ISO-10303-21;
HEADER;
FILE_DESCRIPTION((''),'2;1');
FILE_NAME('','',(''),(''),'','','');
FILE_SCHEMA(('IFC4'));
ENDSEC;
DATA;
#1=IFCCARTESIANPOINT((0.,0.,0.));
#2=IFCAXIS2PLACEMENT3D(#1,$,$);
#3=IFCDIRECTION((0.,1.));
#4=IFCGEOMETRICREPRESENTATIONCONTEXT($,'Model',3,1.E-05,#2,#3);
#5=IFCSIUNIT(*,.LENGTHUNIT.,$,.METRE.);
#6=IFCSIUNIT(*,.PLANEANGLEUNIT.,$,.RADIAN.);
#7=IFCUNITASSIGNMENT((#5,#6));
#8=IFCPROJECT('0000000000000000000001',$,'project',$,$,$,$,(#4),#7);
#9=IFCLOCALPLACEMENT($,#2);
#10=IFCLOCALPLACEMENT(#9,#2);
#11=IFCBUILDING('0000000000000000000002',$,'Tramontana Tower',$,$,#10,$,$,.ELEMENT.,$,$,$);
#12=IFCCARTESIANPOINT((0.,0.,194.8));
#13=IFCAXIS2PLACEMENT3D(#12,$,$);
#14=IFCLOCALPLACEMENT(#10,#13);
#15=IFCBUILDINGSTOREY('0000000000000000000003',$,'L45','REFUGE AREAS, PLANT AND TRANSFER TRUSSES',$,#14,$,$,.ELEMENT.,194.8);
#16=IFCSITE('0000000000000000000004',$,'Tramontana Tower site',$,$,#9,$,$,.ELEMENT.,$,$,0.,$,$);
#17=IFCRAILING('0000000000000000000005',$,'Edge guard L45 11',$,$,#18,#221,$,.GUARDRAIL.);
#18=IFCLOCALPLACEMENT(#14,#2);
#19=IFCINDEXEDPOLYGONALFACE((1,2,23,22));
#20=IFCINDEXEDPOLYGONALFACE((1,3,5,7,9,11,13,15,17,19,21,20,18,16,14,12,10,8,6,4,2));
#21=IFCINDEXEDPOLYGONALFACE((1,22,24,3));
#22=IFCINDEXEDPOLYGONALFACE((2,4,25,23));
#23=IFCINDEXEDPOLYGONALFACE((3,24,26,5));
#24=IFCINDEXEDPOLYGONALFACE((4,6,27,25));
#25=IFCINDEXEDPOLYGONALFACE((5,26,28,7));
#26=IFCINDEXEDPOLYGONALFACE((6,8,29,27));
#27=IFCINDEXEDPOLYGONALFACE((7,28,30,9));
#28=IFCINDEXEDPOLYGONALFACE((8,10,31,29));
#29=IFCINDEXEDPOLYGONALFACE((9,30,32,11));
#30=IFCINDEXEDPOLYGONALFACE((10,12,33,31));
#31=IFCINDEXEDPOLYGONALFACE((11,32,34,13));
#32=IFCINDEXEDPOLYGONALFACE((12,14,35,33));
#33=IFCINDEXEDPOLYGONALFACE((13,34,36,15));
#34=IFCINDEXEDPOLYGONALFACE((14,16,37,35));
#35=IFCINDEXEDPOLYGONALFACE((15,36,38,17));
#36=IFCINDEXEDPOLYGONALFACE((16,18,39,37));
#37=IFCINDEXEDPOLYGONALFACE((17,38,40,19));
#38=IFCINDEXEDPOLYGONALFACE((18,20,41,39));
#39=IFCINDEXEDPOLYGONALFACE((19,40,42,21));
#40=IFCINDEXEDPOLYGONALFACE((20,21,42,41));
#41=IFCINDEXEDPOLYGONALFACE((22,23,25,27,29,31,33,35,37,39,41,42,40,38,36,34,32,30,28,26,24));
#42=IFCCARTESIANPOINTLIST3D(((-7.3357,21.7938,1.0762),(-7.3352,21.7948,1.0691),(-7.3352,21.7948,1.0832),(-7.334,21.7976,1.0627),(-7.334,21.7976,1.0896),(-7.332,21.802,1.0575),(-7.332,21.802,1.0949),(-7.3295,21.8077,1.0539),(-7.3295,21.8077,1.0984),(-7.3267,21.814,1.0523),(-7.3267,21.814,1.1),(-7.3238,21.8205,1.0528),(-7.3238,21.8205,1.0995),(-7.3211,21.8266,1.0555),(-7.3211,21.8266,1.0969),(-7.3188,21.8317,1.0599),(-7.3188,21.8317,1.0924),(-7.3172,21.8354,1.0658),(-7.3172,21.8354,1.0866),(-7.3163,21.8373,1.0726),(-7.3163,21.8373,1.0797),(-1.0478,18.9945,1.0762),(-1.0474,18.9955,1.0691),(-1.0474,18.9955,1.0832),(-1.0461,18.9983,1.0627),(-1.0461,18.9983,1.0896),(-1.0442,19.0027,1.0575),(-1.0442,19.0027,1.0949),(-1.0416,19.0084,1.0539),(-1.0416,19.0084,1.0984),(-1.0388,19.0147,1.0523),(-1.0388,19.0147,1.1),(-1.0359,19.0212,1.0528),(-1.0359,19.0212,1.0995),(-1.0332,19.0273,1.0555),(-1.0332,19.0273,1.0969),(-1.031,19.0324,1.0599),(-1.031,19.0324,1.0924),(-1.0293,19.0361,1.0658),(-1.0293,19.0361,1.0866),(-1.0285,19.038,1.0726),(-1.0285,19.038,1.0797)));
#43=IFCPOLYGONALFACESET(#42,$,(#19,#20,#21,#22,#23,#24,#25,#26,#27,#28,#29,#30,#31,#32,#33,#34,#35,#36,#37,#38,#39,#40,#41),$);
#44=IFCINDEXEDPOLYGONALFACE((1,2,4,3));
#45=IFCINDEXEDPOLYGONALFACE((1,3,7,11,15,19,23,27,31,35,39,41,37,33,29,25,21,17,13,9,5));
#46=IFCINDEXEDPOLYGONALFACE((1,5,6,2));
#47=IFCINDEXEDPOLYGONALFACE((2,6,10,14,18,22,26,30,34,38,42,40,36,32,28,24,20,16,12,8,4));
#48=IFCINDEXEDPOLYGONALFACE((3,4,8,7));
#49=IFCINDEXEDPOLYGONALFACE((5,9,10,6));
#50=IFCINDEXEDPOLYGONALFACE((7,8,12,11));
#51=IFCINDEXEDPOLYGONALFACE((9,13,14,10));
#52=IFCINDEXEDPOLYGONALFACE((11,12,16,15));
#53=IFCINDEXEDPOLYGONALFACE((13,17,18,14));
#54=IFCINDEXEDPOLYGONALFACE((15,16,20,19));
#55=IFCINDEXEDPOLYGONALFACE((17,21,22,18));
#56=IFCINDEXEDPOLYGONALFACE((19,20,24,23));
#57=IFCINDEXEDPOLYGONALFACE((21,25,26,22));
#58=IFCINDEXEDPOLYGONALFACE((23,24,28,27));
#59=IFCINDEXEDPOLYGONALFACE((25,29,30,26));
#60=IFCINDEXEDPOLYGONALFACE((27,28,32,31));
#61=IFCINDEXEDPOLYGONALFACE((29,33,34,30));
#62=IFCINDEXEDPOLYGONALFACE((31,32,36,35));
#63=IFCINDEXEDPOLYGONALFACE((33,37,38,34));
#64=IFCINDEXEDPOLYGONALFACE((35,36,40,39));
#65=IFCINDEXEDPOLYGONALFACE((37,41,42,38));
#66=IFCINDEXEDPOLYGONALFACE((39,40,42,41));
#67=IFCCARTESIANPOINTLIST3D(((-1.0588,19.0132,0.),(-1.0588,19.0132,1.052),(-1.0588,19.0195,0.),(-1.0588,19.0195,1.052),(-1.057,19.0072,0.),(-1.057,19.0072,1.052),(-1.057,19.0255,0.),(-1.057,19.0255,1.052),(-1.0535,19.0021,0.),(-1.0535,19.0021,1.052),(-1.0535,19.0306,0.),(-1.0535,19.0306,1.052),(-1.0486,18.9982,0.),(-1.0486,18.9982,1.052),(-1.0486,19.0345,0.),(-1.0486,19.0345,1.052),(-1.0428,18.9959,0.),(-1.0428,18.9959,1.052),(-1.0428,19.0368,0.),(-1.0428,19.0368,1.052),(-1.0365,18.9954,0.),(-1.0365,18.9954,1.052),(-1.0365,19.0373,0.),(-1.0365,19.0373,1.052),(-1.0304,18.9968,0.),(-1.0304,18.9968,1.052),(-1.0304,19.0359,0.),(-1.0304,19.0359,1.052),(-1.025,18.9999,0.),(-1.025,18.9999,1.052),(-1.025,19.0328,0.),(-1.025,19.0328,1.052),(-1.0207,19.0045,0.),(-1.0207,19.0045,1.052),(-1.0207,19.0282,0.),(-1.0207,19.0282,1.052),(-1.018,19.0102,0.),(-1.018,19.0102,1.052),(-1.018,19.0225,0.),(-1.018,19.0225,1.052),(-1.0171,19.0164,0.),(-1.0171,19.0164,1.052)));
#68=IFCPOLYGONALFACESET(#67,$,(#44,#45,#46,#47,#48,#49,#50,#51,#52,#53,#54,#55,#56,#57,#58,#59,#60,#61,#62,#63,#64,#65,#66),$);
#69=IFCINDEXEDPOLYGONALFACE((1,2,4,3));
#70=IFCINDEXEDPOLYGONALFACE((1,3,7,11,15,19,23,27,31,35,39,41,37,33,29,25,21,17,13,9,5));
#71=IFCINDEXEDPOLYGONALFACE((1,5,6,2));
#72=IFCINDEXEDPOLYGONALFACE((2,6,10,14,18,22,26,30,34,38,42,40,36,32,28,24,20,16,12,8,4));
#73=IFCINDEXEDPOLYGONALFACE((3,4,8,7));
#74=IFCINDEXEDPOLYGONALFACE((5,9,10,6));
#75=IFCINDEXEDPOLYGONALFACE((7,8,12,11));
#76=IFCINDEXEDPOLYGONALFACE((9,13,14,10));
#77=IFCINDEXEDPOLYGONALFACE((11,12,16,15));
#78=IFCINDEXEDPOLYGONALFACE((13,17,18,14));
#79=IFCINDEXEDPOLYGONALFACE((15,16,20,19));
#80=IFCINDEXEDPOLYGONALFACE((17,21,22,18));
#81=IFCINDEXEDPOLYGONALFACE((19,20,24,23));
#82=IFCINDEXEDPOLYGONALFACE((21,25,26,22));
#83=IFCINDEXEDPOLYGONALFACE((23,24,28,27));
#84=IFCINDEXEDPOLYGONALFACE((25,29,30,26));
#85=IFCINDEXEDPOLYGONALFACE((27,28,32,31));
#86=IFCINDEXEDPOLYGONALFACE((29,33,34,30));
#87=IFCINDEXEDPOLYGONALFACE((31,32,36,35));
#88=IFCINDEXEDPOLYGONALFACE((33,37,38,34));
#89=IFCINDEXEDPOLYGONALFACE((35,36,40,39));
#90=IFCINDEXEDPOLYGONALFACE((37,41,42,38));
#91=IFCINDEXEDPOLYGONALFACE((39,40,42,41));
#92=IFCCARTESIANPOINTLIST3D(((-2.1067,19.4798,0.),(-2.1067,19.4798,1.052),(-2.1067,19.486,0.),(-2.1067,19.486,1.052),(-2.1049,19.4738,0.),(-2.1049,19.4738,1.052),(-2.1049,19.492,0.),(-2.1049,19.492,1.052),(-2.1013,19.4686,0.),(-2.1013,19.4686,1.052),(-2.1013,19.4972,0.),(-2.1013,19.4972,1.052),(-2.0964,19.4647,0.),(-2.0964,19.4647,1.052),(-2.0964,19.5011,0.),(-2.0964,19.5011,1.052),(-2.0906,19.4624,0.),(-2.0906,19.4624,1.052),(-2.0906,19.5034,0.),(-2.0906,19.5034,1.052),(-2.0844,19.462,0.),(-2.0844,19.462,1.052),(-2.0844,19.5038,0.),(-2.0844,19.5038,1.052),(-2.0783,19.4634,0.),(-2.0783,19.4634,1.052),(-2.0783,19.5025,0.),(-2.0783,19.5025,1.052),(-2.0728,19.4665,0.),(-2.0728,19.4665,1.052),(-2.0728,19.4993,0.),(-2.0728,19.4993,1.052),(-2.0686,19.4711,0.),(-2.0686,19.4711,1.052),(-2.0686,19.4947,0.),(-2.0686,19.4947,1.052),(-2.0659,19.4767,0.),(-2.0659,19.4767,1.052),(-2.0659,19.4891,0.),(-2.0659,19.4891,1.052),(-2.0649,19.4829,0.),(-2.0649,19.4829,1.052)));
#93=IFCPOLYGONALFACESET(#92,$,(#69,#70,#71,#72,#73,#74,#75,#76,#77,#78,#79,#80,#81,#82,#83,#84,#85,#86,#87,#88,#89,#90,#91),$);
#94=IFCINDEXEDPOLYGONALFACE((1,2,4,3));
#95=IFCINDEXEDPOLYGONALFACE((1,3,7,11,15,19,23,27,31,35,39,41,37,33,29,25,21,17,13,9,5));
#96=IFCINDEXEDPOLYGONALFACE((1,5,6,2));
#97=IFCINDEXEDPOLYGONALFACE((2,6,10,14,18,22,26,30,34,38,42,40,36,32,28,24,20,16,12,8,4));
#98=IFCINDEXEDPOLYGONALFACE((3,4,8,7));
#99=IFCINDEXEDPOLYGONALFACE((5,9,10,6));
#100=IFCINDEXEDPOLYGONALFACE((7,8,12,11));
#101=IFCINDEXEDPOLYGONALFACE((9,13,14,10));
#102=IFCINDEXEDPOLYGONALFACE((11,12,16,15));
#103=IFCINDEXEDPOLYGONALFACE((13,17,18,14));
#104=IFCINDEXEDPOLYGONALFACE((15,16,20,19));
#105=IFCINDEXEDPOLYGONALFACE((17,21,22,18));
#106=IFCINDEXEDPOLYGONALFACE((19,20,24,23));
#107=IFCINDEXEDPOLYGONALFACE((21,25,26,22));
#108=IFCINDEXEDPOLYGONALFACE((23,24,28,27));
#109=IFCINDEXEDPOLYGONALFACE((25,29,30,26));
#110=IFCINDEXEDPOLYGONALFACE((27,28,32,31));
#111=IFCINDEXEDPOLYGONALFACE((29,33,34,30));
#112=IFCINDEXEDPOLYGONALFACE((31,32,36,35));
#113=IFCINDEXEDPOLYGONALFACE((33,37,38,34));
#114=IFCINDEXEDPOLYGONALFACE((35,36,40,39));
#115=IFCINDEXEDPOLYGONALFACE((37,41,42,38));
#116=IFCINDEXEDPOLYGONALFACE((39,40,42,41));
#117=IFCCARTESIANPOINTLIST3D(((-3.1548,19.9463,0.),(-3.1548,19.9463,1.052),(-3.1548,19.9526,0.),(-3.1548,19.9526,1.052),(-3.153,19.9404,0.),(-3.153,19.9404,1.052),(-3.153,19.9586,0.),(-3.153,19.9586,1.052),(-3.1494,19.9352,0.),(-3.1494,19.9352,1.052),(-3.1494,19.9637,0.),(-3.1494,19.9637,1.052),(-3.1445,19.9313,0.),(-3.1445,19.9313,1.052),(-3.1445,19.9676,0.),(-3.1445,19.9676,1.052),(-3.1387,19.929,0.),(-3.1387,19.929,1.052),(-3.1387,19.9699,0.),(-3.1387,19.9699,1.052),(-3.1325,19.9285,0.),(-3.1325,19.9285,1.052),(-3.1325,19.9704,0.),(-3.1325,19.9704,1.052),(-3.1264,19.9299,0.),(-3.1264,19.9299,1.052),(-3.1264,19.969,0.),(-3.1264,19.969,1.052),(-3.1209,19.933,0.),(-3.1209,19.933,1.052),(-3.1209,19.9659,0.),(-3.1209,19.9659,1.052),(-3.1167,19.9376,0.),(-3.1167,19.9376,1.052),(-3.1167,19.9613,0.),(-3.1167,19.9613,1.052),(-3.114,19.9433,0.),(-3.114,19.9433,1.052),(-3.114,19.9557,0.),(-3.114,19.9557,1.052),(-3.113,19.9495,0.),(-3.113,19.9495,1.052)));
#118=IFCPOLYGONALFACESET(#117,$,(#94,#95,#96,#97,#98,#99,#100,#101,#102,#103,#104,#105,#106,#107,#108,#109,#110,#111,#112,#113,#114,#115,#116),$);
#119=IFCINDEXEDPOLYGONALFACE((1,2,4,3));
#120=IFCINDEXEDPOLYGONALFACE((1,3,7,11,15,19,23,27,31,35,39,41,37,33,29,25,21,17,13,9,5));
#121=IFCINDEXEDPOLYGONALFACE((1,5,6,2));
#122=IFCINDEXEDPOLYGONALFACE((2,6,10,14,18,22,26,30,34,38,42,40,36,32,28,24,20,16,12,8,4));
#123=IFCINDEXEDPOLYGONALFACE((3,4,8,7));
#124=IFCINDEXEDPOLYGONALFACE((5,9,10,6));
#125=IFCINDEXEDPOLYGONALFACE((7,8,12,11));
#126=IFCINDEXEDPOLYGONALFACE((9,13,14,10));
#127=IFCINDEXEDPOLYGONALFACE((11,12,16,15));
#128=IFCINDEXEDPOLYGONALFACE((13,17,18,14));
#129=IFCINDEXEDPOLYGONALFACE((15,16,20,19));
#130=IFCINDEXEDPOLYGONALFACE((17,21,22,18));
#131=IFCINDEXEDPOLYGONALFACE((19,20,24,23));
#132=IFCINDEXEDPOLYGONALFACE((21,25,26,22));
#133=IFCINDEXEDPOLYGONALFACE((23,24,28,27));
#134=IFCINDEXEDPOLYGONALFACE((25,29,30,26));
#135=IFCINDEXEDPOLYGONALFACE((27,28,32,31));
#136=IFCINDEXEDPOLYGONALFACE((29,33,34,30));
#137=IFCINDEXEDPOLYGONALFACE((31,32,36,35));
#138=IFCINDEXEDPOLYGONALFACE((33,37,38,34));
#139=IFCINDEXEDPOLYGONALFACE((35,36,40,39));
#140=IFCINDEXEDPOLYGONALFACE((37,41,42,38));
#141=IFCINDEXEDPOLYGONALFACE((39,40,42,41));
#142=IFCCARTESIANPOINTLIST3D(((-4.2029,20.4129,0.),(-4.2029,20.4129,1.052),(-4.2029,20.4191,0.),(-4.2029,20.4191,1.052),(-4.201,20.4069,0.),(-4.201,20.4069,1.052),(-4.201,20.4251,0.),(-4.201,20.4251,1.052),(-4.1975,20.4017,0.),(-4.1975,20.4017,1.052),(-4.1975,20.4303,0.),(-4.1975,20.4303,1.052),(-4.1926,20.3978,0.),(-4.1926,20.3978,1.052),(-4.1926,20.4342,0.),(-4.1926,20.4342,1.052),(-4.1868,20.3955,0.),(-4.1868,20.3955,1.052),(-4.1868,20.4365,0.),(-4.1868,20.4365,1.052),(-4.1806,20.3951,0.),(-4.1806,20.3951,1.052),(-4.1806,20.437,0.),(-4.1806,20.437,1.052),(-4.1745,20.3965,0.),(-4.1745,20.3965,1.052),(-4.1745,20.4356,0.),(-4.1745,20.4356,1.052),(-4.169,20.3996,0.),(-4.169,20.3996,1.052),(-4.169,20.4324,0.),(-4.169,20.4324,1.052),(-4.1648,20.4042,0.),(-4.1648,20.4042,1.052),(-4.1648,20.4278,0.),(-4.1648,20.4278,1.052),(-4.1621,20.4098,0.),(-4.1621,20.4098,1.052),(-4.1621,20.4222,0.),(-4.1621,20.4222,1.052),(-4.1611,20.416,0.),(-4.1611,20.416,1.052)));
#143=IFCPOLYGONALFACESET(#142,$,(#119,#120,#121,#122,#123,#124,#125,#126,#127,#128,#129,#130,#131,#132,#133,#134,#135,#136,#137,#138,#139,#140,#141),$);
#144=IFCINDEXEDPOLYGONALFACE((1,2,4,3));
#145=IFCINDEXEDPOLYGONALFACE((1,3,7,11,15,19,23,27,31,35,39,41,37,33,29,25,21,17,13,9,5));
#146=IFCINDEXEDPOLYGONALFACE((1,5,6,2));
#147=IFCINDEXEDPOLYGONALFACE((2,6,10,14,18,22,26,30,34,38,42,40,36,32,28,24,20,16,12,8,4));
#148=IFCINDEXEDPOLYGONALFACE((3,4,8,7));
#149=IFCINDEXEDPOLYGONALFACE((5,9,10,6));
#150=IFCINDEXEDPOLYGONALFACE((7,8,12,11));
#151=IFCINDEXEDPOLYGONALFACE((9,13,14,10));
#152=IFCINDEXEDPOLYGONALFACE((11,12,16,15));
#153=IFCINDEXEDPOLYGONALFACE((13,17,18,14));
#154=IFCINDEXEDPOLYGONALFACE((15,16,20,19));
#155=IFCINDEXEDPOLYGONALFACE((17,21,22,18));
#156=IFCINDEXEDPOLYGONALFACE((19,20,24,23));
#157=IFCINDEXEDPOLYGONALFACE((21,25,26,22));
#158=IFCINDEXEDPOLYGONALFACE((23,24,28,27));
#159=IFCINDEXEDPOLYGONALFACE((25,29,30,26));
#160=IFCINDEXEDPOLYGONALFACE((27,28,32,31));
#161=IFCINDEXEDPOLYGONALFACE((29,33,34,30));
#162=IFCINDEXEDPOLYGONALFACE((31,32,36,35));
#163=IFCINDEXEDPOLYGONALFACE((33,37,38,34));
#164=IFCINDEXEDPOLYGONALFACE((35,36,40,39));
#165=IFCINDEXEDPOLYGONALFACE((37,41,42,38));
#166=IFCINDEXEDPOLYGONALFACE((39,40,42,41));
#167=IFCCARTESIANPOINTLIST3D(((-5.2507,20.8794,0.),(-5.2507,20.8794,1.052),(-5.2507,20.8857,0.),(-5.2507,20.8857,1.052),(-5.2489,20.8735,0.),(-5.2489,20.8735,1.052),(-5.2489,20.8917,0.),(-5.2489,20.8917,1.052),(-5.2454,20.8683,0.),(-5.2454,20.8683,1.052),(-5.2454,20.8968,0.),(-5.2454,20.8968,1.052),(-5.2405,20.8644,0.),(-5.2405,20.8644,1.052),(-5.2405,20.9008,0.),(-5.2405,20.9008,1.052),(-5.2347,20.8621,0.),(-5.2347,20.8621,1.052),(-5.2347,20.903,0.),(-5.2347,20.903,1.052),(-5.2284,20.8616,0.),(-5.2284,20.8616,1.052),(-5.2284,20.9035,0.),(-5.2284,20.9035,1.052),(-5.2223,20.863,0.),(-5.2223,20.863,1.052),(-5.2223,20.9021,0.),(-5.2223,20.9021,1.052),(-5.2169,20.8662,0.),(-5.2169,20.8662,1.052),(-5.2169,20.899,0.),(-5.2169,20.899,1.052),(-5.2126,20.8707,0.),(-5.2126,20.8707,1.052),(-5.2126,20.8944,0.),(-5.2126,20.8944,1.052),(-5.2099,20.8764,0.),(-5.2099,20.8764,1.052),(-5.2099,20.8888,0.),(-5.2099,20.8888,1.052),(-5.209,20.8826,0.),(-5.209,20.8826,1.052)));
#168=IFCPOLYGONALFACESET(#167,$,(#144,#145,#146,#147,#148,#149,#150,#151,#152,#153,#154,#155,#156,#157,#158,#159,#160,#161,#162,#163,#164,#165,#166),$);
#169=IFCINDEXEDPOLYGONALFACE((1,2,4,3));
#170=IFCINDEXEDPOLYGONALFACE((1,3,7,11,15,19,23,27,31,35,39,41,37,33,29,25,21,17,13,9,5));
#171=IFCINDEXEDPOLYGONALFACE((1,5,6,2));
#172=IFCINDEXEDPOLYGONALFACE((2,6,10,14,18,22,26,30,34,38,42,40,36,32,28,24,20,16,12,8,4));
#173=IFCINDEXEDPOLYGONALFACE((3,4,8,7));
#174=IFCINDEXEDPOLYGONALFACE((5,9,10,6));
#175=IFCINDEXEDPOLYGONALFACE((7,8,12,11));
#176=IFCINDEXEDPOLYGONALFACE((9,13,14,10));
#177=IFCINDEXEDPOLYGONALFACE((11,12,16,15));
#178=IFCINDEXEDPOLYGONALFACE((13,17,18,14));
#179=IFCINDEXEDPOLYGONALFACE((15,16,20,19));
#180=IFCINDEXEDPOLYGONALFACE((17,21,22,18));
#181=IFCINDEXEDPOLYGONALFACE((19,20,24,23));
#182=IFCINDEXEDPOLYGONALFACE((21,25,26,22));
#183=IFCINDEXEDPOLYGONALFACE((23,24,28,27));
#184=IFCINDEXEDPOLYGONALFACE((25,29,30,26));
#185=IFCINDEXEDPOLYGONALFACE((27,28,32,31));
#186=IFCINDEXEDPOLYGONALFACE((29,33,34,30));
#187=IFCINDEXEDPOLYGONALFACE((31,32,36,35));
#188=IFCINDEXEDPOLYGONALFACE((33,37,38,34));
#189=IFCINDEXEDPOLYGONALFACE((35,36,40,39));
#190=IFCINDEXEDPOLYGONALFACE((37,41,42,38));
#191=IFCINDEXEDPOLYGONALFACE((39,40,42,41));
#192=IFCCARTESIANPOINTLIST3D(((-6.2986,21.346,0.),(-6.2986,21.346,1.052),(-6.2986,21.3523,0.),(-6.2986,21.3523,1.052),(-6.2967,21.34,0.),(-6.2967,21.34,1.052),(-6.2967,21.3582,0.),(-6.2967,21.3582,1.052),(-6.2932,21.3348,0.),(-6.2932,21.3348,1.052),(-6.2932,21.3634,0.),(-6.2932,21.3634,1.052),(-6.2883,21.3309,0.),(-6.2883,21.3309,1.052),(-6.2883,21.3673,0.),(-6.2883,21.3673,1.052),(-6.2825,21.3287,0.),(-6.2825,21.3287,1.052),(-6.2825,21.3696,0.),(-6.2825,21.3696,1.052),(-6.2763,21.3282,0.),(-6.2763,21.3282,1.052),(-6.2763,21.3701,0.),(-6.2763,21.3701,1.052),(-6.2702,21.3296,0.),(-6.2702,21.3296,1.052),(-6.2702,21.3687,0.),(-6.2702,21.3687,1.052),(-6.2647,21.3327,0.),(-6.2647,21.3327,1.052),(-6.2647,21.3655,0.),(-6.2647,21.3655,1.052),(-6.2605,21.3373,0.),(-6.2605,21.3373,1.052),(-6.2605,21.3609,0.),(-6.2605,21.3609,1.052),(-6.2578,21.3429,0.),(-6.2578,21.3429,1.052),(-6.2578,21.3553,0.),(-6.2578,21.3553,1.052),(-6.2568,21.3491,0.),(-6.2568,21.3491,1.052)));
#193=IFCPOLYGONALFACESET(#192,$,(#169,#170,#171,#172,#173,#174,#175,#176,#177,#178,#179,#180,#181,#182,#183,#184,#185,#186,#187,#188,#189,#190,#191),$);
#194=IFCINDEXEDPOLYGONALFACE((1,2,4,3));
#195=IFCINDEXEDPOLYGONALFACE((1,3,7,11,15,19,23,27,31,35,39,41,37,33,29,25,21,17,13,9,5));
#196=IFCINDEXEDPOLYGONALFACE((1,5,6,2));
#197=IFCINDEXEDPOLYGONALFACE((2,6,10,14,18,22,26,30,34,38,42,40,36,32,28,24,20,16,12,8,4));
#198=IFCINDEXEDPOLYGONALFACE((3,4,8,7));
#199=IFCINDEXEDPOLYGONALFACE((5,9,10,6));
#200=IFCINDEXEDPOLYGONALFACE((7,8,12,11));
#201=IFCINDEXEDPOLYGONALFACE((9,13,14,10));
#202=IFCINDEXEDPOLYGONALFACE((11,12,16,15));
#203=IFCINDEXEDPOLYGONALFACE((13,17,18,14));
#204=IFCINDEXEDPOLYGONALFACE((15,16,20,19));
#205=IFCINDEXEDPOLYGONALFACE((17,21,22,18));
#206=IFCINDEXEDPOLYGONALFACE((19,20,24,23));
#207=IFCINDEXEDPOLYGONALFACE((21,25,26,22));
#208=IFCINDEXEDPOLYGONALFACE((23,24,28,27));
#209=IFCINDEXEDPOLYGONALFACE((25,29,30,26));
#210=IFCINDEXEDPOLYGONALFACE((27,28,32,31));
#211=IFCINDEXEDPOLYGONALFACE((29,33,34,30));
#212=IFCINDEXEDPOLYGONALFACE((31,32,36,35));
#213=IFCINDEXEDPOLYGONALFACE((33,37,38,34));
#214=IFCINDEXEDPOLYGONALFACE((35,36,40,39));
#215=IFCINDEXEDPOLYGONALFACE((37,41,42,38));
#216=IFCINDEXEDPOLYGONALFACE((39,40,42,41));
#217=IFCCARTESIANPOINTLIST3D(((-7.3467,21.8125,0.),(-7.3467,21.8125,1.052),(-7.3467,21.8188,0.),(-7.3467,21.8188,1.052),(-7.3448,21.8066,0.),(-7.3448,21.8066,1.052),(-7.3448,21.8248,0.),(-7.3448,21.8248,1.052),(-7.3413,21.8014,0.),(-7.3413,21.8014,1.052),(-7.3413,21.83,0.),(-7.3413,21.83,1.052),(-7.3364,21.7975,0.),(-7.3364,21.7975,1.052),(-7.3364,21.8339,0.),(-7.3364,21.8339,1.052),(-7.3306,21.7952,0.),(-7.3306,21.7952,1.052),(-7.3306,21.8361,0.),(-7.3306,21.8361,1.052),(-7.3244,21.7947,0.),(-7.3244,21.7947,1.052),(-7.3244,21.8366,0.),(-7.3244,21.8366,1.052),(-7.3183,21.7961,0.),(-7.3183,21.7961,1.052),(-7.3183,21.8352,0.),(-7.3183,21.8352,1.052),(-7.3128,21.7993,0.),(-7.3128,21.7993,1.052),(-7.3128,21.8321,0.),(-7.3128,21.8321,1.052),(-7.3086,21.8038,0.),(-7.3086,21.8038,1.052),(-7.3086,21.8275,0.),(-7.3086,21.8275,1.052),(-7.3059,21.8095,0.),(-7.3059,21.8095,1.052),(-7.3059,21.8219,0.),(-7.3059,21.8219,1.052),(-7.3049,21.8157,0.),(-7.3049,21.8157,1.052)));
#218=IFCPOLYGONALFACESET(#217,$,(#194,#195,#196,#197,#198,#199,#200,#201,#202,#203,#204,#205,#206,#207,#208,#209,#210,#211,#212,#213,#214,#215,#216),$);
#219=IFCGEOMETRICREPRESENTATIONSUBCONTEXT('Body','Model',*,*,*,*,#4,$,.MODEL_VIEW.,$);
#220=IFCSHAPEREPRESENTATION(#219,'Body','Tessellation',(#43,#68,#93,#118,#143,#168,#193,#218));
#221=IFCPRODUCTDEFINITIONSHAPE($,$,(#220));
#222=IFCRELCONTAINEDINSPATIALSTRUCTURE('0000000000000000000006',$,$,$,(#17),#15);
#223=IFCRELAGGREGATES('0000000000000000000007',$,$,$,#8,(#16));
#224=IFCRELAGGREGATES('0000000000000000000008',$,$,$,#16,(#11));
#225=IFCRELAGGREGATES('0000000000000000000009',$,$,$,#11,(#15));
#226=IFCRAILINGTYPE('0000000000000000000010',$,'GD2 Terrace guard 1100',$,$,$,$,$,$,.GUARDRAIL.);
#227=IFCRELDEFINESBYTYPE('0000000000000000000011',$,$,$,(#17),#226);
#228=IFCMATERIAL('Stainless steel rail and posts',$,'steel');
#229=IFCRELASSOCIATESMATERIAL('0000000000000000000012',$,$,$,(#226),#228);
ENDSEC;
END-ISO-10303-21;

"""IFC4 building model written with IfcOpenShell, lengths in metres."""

from ifc_helpers import new_model, si_unit, direction, frame, origin, origin_2d, place, context, subcontext, project, spatial, circle, extrude, material, type_object, element, save


model = new_model("IFC4")

# Units and contexts
model_context = context("Model", 3, precision=1e-05, world=origin(), true_north=direction((0.0, 1.0)))
body_context = subcontext(model_context, "Body", "Model", "MODEL_VIEW")
ifc_project = project(units=[si_unit("LENGTHUNIT", "METRE"), si_unit("PLANEANGLEUNIT", "RADIAN")], contexts=[model_context])

# Site, building, storey
site_placement = place(None, origin())
site = spatial("IfcSite", under=ifc_project, at=site_placement, Name="Tramontana Tower site", CompositionType="ELEMENT", RefElevation=0.0)
building_placement = place(site_placement, origin())
building = spatial("IfcBuilding", under=site, at=building_placement, Name="Tramontana Tower", CompositionType="ELEMENT")
storey_placement = place(building_placement, frame((0.0, 0.0, 194.8)))
storey = spatial("IfcBuildingStorey", under=building, at=storey_placement, Name="L45", Description="REFUGE AREAS, PLANT AND TRANSFER TRUSSES", CompositionType="ELEMENT", Elevation=194.8)

# Railing
ifc_material_1 = material(Name="Stainless steel rail and posts", Category="steel")
railing_type_1 = type_object("IfcRailingType", Name="GD2 Terrace guard 1100", PredefinedType="GUARDRAIL", material=ifc_material_1)
railing_1_placement = place(storey_placement, frame((-1.0381, 19.0164, 0.0)))
element("IfcRailing", 1, at=railing_1_placement, inside=storey, type_object=railing_type_1, Name="Edge guard L45 11", PredefinedType="GUARDRAIL", context=body_context, shape_type="SweptSolid", body=[
    extrude(circle(Radius=0.0239, at=origin_2d()), frame((0.0, 0.0, 1.0762), z_axis=(-0.913557, 0.406711, 0.0), x_axis=(-0.406711, -0.913557, 0.0)), (0.0, 0.0, 1.0), 6.8828),
    extrude(circle(Radius=0.021, at=origin_2d()), origin(), (0.0, 0.0, 1.0), 1.052),
    extrude(circle(Radius=0.021, at=origin_2d()), frame((-1.0479, 0.4666, 0.0)), (0.0, 0.0, 1.0), 1.052),
    extrude(circle(Radius=0.021, at=origin_2d()), frame((-2.0959, 0.9331, 0.0)), (0.0, 0.0, 1.0), 1.052),
    extrude(circle(Radius=0.021, at=origin_2d()), frame((-3.144, 1.3997, 0.0)), (0.0, 0.0, 1.0), 1.052),
    extrude(circle(Radius=0.021, at=origin_2d()), frame((-4.1919, 1.8662, 0.0)), (0.0, 0.0, 1.0), 1.052),
    extrude(circle(Radius=0.021, at=origin_2d()), frame((-5.2397, 2.3328, 0.0)), (0.0, 0.0, 1.0), 1.052),
    extrude(circle(Radius=0.021, at=origin_2d()), frame((-6.2878, 2.7993, 0.0)), (0.0, 0.0, 1.0), 1.052),
])

save(model, "model.ifc")
